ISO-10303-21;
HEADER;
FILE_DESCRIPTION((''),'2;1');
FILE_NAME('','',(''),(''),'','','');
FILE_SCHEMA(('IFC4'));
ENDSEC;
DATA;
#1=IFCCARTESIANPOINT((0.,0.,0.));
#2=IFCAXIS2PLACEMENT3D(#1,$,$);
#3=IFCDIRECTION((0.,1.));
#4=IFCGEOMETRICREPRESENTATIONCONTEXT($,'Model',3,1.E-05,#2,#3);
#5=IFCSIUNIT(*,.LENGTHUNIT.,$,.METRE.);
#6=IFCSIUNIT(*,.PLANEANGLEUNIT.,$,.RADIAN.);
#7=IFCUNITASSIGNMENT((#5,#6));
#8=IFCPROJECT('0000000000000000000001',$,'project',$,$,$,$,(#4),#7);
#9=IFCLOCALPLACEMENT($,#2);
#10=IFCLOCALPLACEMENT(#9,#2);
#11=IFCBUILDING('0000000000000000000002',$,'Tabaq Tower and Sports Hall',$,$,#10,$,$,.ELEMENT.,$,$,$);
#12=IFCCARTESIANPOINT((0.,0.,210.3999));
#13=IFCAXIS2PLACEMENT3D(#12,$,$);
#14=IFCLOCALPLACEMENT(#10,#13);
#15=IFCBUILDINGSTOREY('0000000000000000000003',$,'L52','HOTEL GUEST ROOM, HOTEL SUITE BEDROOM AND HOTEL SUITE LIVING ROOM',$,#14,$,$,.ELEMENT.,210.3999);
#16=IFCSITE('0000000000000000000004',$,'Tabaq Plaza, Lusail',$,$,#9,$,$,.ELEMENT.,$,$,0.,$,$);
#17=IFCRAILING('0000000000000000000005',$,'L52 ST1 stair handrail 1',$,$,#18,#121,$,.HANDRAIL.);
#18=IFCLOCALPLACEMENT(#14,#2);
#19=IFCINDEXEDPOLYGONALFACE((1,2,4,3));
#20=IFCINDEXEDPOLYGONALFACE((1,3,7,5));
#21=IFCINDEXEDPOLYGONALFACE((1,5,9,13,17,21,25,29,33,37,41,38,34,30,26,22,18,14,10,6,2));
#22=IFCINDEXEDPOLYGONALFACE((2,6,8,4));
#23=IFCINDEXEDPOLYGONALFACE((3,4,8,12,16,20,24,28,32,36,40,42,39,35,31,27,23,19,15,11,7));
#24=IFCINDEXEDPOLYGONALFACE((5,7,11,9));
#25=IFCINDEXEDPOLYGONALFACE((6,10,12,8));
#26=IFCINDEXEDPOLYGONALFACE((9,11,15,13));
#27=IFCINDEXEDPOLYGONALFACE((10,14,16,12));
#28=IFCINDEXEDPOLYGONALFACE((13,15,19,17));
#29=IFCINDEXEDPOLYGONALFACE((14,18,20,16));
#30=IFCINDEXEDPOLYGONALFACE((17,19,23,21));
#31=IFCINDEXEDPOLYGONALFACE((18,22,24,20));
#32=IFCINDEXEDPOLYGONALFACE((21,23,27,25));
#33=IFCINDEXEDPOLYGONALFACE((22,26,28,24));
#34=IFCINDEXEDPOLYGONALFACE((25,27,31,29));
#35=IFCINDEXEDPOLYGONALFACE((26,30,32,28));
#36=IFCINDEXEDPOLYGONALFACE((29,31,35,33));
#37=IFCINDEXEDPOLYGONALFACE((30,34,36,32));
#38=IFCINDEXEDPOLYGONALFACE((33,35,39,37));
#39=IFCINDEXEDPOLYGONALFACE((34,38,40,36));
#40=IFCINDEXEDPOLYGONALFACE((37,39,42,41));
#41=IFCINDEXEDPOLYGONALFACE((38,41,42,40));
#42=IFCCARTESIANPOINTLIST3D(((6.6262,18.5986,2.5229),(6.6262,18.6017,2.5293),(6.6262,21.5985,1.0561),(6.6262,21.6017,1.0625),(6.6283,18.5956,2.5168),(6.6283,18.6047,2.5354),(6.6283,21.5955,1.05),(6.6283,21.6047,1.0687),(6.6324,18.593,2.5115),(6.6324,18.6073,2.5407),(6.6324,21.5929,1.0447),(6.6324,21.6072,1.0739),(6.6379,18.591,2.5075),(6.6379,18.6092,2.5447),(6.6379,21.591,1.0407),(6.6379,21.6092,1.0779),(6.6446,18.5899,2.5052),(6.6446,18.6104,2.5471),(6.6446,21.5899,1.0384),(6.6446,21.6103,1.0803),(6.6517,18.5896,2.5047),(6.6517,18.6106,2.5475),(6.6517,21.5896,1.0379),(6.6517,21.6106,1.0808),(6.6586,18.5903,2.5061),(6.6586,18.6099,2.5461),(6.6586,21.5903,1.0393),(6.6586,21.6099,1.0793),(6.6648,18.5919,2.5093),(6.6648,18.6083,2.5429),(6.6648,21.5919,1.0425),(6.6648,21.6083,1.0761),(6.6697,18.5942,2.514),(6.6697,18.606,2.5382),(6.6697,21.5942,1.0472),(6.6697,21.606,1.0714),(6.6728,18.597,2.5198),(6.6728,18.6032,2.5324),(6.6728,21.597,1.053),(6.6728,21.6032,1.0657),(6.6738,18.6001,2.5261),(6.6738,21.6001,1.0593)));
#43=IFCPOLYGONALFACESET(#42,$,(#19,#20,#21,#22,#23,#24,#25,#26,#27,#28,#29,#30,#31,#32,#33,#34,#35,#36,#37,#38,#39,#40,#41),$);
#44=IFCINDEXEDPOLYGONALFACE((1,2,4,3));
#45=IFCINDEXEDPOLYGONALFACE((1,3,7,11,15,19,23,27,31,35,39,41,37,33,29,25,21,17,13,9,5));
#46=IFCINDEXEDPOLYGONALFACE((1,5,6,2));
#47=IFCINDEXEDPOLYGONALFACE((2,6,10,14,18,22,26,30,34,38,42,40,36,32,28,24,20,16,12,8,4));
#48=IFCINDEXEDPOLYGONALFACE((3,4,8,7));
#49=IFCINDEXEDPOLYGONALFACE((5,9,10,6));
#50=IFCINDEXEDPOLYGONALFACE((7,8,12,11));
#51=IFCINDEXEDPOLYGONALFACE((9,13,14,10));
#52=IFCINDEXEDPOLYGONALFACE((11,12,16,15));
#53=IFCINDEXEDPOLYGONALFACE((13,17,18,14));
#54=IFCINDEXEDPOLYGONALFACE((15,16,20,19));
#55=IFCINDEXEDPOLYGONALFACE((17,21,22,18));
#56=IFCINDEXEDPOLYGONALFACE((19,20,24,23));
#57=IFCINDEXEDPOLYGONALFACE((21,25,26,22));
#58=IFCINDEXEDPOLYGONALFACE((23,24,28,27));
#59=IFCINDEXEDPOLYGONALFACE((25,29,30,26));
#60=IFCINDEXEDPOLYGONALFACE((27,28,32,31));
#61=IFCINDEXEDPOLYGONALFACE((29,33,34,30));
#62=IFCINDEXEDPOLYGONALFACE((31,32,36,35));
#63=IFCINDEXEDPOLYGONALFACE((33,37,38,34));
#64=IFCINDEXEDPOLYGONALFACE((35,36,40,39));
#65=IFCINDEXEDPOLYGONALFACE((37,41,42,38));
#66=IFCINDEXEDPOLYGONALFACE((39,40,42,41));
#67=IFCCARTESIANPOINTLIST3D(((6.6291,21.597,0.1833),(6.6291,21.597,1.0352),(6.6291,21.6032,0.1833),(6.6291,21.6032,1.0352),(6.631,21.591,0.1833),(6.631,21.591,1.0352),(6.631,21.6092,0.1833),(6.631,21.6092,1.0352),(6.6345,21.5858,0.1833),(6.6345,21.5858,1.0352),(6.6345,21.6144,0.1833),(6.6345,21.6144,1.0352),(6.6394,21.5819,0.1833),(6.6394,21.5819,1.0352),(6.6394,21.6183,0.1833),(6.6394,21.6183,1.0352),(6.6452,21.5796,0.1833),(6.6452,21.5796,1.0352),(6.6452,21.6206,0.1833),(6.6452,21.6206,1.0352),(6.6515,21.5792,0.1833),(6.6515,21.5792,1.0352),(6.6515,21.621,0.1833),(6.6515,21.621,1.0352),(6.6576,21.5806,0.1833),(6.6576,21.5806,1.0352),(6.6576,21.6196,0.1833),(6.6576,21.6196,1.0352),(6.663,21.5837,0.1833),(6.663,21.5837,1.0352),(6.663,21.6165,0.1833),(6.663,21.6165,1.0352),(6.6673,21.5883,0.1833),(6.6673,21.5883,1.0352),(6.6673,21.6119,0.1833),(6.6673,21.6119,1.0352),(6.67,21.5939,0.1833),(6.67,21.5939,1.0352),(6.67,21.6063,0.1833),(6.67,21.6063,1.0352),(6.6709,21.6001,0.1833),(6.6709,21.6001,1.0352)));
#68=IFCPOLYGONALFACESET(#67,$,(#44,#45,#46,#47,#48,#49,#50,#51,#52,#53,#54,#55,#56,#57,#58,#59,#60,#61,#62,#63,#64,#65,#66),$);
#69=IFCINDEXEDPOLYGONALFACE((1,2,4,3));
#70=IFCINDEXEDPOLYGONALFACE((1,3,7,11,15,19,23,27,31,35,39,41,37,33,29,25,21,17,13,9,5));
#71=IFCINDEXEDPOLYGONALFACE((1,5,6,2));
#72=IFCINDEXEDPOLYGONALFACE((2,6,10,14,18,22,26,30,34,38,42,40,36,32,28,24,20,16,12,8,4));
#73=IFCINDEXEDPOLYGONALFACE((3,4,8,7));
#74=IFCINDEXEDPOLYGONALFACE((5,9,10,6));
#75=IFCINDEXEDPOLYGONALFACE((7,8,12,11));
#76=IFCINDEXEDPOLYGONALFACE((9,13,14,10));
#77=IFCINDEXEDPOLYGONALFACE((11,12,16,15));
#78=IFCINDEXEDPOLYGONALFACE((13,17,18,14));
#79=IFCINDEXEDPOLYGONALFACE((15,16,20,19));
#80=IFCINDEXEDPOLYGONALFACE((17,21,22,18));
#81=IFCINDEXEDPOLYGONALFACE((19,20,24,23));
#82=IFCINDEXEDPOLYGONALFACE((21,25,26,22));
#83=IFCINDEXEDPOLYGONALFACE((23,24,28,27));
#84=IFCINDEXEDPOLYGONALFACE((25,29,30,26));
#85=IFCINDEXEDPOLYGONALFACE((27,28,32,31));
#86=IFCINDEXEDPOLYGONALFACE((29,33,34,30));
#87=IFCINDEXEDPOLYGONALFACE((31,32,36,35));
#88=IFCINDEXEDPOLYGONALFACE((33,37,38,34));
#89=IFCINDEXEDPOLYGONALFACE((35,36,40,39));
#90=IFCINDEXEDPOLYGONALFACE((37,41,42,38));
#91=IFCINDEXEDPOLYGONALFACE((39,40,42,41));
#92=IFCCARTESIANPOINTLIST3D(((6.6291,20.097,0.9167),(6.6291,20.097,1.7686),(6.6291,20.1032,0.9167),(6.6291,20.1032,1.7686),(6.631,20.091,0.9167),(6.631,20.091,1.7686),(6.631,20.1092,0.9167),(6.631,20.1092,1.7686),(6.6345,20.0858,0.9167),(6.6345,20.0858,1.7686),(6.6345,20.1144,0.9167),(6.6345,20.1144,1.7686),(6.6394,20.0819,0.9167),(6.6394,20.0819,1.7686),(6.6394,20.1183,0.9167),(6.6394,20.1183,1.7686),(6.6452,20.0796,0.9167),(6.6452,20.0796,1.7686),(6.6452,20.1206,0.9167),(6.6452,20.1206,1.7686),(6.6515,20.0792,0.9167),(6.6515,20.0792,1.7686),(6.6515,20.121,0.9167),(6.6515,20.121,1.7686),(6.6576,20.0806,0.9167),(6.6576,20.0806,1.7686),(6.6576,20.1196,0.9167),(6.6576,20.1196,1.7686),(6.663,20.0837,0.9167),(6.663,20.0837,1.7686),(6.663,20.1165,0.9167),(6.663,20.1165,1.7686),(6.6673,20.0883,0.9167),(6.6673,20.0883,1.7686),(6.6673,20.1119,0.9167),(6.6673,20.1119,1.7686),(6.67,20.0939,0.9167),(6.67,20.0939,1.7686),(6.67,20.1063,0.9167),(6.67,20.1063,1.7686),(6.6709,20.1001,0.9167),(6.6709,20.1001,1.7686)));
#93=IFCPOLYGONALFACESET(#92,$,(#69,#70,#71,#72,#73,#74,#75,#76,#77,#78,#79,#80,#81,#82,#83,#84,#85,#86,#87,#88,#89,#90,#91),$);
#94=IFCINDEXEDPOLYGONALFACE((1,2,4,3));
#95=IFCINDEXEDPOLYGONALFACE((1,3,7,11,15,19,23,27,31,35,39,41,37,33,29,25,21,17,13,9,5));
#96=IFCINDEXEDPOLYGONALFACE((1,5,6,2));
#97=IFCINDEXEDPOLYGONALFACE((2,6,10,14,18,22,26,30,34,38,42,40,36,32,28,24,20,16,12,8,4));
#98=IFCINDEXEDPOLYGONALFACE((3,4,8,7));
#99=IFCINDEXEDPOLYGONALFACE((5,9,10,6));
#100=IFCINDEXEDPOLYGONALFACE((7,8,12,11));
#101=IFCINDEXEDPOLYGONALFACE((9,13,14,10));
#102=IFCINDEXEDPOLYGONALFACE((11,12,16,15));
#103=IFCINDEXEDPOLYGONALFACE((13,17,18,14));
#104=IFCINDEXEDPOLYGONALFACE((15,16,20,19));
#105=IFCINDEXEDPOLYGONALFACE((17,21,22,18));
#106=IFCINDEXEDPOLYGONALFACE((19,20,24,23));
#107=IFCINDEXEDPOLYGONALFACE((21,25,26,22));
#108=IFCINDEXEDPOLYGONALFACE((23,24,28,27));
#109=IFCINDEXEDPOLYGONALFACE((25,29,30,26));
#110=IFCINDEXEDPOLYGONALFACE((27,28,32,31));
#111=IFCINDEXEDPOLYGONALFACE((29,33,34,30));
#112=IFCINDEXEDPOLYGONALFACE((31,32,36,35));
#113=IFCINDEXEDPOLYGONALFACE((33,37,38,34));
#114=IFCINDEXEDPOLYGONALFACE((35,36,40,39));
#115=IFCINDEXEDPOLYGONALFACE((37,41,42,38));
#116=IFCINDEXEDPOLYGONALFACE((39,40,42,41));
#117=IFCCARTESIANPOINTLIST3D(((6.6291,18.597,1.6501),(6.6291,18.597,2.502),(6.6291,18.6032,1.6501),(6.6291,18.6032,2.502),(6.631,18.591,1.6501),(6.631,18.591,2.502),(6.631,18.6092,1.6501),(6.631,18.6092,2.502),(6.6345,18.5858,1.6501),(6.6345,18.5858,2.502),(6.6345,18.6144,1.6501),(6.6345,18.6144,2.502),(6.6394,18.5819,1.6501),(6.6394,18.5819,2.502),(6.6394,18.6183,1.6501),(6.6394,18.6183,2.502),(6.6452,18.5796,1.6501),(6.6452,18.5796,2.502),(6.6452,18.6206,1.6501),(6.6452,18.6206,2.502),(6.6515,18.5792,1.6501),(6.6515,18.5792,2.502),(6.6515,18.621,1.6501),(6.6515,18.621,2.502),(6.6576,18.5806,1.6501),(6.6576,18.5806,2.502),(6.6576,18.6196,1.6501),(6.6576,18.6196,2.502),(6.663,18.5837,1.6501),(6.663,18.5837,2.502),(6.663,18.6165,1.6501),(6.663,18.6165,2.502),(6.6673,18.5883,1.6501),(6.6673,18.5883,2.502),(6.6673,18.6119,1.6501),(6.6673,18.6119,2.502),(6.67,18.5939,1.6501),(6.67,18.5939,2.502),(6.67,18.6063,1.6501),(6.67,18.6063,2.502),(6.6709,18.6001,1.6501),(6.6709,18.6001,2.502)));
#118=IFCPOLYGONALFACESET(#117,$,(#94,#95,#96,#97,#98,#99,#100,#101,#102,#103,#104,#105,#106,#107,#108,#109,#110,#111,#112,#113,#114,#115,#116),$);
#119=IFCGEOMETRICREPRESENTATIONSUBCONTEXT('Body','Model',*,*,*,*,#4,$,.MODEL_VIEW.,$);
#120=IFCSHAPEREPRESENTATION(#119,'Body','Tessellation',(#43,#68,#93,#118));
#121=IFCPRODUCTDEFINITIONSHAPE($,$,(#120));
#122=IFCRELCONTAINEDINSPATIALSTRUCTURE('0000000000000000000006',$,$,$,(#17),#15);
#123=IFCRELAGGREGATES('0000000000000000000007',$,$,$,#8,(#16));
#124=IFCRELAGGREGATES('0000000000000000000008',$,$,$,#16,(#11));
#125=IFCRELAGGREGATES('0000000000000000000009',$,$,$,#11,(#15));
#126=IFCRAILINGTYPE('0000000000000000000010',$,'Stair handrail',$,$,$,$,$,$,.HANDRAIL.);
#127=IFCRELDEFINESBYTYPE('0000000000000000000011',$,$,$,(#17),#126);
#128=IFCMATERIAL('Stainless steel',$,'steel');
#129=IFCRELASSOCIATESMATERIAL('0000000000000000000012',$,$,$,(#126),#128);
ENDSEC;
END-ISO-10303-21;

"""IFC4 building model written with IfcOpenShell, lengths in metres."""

from ifc_helpers import new_model, si_unit, direction, frame, origin, origin_2d, place, context, subcontext, project, spatial, circle, extrude, material, type_object, element, save


model = new_model("IFC4")

# Units and contexts
model_context = context("Model", 3, precision=1e-05, world=origin(), true_north=direction((0.0, 1.0)))
body_context = subcontext(model_context, "Body", "Model", "MODEL_VIEW")
ifc_project = project(units=[si_unit("LENGTHUNIT", "METRE"), si_unit("PLANEANGLEUNIT", "RADIAN")], contexts=[model_context])

# Site, building, storey
site_placement = place(None, origin())
site = spatial("IfcSite", under=ifc_project, at=site_placement, Name="Tabaq Plaza, Lusail", CompositionType="ELEMENT", RefElevation=0.0)
building_placement = place(site_placement, origin())
building = spatial("IfcBuilding", under=site, at=building_placement, Name="Tabaq Tower and Sports Hall", CompositionType="ELEMENT")
storey_placement = place(building_placement, frame((0.0, 0.0, 210.3999)))
storey = spatial("IfcBuildingStorey", under=building, at=storey_placement, Name="L52", Description="HOTEL GUEST ROOM, HOTEL SUITE BEDROOM AND HOTEL SUITE LIVING ROOM", CompositionType="ELEMENT", Elevation=210.3999)

# Railing
ifc_material_1 = material(Name="Stainless steel", Category="steel")
railing_type_1 = type_object("IfcRailingType", Name="Stair handrail", PredefinedType="HANDRAIL", material=ifc_material_1)
railing_1_placement = place(storey_placement, frame((6.6499, 21.6001, 0.1833)))
element("IfcRailing", 1, at=railing_1_placement, inside=storey, type_object=railing_type_1, Name="L52 ST1 stair handrail 1", PredefinedType="HANDRAIL", context=body_context, shape_type="SweptSolid", body=[
    extrude(circle(Radius=0.0239, at=origin_2d()), frame((0.0, 0.0, 0.876), z_axis=(0.0, -0.898369, 0.439242), x_axis=(1.0, 0.0, 0.0)), (0.0, 0.0, 1.0), 3.3394),
    extrude(circle(Radius=0.021, at=origin_2d()), origin(), (0.0, 0.0, 1.0), 0.8518),
    extrude(circle(Radius=0.021, at=origin_2d()), frame((0.0, -1.5, 0.7334)), (0.0, 0.0, 1.0), 0.8518),
    extrude(circle(Radius=0.021, at=origin_2d()), frame((0.0, -3.0, 1.4668)), (0.0, 0.0, 1.0), 0.8518),
])

save(model, "model.ifc")
